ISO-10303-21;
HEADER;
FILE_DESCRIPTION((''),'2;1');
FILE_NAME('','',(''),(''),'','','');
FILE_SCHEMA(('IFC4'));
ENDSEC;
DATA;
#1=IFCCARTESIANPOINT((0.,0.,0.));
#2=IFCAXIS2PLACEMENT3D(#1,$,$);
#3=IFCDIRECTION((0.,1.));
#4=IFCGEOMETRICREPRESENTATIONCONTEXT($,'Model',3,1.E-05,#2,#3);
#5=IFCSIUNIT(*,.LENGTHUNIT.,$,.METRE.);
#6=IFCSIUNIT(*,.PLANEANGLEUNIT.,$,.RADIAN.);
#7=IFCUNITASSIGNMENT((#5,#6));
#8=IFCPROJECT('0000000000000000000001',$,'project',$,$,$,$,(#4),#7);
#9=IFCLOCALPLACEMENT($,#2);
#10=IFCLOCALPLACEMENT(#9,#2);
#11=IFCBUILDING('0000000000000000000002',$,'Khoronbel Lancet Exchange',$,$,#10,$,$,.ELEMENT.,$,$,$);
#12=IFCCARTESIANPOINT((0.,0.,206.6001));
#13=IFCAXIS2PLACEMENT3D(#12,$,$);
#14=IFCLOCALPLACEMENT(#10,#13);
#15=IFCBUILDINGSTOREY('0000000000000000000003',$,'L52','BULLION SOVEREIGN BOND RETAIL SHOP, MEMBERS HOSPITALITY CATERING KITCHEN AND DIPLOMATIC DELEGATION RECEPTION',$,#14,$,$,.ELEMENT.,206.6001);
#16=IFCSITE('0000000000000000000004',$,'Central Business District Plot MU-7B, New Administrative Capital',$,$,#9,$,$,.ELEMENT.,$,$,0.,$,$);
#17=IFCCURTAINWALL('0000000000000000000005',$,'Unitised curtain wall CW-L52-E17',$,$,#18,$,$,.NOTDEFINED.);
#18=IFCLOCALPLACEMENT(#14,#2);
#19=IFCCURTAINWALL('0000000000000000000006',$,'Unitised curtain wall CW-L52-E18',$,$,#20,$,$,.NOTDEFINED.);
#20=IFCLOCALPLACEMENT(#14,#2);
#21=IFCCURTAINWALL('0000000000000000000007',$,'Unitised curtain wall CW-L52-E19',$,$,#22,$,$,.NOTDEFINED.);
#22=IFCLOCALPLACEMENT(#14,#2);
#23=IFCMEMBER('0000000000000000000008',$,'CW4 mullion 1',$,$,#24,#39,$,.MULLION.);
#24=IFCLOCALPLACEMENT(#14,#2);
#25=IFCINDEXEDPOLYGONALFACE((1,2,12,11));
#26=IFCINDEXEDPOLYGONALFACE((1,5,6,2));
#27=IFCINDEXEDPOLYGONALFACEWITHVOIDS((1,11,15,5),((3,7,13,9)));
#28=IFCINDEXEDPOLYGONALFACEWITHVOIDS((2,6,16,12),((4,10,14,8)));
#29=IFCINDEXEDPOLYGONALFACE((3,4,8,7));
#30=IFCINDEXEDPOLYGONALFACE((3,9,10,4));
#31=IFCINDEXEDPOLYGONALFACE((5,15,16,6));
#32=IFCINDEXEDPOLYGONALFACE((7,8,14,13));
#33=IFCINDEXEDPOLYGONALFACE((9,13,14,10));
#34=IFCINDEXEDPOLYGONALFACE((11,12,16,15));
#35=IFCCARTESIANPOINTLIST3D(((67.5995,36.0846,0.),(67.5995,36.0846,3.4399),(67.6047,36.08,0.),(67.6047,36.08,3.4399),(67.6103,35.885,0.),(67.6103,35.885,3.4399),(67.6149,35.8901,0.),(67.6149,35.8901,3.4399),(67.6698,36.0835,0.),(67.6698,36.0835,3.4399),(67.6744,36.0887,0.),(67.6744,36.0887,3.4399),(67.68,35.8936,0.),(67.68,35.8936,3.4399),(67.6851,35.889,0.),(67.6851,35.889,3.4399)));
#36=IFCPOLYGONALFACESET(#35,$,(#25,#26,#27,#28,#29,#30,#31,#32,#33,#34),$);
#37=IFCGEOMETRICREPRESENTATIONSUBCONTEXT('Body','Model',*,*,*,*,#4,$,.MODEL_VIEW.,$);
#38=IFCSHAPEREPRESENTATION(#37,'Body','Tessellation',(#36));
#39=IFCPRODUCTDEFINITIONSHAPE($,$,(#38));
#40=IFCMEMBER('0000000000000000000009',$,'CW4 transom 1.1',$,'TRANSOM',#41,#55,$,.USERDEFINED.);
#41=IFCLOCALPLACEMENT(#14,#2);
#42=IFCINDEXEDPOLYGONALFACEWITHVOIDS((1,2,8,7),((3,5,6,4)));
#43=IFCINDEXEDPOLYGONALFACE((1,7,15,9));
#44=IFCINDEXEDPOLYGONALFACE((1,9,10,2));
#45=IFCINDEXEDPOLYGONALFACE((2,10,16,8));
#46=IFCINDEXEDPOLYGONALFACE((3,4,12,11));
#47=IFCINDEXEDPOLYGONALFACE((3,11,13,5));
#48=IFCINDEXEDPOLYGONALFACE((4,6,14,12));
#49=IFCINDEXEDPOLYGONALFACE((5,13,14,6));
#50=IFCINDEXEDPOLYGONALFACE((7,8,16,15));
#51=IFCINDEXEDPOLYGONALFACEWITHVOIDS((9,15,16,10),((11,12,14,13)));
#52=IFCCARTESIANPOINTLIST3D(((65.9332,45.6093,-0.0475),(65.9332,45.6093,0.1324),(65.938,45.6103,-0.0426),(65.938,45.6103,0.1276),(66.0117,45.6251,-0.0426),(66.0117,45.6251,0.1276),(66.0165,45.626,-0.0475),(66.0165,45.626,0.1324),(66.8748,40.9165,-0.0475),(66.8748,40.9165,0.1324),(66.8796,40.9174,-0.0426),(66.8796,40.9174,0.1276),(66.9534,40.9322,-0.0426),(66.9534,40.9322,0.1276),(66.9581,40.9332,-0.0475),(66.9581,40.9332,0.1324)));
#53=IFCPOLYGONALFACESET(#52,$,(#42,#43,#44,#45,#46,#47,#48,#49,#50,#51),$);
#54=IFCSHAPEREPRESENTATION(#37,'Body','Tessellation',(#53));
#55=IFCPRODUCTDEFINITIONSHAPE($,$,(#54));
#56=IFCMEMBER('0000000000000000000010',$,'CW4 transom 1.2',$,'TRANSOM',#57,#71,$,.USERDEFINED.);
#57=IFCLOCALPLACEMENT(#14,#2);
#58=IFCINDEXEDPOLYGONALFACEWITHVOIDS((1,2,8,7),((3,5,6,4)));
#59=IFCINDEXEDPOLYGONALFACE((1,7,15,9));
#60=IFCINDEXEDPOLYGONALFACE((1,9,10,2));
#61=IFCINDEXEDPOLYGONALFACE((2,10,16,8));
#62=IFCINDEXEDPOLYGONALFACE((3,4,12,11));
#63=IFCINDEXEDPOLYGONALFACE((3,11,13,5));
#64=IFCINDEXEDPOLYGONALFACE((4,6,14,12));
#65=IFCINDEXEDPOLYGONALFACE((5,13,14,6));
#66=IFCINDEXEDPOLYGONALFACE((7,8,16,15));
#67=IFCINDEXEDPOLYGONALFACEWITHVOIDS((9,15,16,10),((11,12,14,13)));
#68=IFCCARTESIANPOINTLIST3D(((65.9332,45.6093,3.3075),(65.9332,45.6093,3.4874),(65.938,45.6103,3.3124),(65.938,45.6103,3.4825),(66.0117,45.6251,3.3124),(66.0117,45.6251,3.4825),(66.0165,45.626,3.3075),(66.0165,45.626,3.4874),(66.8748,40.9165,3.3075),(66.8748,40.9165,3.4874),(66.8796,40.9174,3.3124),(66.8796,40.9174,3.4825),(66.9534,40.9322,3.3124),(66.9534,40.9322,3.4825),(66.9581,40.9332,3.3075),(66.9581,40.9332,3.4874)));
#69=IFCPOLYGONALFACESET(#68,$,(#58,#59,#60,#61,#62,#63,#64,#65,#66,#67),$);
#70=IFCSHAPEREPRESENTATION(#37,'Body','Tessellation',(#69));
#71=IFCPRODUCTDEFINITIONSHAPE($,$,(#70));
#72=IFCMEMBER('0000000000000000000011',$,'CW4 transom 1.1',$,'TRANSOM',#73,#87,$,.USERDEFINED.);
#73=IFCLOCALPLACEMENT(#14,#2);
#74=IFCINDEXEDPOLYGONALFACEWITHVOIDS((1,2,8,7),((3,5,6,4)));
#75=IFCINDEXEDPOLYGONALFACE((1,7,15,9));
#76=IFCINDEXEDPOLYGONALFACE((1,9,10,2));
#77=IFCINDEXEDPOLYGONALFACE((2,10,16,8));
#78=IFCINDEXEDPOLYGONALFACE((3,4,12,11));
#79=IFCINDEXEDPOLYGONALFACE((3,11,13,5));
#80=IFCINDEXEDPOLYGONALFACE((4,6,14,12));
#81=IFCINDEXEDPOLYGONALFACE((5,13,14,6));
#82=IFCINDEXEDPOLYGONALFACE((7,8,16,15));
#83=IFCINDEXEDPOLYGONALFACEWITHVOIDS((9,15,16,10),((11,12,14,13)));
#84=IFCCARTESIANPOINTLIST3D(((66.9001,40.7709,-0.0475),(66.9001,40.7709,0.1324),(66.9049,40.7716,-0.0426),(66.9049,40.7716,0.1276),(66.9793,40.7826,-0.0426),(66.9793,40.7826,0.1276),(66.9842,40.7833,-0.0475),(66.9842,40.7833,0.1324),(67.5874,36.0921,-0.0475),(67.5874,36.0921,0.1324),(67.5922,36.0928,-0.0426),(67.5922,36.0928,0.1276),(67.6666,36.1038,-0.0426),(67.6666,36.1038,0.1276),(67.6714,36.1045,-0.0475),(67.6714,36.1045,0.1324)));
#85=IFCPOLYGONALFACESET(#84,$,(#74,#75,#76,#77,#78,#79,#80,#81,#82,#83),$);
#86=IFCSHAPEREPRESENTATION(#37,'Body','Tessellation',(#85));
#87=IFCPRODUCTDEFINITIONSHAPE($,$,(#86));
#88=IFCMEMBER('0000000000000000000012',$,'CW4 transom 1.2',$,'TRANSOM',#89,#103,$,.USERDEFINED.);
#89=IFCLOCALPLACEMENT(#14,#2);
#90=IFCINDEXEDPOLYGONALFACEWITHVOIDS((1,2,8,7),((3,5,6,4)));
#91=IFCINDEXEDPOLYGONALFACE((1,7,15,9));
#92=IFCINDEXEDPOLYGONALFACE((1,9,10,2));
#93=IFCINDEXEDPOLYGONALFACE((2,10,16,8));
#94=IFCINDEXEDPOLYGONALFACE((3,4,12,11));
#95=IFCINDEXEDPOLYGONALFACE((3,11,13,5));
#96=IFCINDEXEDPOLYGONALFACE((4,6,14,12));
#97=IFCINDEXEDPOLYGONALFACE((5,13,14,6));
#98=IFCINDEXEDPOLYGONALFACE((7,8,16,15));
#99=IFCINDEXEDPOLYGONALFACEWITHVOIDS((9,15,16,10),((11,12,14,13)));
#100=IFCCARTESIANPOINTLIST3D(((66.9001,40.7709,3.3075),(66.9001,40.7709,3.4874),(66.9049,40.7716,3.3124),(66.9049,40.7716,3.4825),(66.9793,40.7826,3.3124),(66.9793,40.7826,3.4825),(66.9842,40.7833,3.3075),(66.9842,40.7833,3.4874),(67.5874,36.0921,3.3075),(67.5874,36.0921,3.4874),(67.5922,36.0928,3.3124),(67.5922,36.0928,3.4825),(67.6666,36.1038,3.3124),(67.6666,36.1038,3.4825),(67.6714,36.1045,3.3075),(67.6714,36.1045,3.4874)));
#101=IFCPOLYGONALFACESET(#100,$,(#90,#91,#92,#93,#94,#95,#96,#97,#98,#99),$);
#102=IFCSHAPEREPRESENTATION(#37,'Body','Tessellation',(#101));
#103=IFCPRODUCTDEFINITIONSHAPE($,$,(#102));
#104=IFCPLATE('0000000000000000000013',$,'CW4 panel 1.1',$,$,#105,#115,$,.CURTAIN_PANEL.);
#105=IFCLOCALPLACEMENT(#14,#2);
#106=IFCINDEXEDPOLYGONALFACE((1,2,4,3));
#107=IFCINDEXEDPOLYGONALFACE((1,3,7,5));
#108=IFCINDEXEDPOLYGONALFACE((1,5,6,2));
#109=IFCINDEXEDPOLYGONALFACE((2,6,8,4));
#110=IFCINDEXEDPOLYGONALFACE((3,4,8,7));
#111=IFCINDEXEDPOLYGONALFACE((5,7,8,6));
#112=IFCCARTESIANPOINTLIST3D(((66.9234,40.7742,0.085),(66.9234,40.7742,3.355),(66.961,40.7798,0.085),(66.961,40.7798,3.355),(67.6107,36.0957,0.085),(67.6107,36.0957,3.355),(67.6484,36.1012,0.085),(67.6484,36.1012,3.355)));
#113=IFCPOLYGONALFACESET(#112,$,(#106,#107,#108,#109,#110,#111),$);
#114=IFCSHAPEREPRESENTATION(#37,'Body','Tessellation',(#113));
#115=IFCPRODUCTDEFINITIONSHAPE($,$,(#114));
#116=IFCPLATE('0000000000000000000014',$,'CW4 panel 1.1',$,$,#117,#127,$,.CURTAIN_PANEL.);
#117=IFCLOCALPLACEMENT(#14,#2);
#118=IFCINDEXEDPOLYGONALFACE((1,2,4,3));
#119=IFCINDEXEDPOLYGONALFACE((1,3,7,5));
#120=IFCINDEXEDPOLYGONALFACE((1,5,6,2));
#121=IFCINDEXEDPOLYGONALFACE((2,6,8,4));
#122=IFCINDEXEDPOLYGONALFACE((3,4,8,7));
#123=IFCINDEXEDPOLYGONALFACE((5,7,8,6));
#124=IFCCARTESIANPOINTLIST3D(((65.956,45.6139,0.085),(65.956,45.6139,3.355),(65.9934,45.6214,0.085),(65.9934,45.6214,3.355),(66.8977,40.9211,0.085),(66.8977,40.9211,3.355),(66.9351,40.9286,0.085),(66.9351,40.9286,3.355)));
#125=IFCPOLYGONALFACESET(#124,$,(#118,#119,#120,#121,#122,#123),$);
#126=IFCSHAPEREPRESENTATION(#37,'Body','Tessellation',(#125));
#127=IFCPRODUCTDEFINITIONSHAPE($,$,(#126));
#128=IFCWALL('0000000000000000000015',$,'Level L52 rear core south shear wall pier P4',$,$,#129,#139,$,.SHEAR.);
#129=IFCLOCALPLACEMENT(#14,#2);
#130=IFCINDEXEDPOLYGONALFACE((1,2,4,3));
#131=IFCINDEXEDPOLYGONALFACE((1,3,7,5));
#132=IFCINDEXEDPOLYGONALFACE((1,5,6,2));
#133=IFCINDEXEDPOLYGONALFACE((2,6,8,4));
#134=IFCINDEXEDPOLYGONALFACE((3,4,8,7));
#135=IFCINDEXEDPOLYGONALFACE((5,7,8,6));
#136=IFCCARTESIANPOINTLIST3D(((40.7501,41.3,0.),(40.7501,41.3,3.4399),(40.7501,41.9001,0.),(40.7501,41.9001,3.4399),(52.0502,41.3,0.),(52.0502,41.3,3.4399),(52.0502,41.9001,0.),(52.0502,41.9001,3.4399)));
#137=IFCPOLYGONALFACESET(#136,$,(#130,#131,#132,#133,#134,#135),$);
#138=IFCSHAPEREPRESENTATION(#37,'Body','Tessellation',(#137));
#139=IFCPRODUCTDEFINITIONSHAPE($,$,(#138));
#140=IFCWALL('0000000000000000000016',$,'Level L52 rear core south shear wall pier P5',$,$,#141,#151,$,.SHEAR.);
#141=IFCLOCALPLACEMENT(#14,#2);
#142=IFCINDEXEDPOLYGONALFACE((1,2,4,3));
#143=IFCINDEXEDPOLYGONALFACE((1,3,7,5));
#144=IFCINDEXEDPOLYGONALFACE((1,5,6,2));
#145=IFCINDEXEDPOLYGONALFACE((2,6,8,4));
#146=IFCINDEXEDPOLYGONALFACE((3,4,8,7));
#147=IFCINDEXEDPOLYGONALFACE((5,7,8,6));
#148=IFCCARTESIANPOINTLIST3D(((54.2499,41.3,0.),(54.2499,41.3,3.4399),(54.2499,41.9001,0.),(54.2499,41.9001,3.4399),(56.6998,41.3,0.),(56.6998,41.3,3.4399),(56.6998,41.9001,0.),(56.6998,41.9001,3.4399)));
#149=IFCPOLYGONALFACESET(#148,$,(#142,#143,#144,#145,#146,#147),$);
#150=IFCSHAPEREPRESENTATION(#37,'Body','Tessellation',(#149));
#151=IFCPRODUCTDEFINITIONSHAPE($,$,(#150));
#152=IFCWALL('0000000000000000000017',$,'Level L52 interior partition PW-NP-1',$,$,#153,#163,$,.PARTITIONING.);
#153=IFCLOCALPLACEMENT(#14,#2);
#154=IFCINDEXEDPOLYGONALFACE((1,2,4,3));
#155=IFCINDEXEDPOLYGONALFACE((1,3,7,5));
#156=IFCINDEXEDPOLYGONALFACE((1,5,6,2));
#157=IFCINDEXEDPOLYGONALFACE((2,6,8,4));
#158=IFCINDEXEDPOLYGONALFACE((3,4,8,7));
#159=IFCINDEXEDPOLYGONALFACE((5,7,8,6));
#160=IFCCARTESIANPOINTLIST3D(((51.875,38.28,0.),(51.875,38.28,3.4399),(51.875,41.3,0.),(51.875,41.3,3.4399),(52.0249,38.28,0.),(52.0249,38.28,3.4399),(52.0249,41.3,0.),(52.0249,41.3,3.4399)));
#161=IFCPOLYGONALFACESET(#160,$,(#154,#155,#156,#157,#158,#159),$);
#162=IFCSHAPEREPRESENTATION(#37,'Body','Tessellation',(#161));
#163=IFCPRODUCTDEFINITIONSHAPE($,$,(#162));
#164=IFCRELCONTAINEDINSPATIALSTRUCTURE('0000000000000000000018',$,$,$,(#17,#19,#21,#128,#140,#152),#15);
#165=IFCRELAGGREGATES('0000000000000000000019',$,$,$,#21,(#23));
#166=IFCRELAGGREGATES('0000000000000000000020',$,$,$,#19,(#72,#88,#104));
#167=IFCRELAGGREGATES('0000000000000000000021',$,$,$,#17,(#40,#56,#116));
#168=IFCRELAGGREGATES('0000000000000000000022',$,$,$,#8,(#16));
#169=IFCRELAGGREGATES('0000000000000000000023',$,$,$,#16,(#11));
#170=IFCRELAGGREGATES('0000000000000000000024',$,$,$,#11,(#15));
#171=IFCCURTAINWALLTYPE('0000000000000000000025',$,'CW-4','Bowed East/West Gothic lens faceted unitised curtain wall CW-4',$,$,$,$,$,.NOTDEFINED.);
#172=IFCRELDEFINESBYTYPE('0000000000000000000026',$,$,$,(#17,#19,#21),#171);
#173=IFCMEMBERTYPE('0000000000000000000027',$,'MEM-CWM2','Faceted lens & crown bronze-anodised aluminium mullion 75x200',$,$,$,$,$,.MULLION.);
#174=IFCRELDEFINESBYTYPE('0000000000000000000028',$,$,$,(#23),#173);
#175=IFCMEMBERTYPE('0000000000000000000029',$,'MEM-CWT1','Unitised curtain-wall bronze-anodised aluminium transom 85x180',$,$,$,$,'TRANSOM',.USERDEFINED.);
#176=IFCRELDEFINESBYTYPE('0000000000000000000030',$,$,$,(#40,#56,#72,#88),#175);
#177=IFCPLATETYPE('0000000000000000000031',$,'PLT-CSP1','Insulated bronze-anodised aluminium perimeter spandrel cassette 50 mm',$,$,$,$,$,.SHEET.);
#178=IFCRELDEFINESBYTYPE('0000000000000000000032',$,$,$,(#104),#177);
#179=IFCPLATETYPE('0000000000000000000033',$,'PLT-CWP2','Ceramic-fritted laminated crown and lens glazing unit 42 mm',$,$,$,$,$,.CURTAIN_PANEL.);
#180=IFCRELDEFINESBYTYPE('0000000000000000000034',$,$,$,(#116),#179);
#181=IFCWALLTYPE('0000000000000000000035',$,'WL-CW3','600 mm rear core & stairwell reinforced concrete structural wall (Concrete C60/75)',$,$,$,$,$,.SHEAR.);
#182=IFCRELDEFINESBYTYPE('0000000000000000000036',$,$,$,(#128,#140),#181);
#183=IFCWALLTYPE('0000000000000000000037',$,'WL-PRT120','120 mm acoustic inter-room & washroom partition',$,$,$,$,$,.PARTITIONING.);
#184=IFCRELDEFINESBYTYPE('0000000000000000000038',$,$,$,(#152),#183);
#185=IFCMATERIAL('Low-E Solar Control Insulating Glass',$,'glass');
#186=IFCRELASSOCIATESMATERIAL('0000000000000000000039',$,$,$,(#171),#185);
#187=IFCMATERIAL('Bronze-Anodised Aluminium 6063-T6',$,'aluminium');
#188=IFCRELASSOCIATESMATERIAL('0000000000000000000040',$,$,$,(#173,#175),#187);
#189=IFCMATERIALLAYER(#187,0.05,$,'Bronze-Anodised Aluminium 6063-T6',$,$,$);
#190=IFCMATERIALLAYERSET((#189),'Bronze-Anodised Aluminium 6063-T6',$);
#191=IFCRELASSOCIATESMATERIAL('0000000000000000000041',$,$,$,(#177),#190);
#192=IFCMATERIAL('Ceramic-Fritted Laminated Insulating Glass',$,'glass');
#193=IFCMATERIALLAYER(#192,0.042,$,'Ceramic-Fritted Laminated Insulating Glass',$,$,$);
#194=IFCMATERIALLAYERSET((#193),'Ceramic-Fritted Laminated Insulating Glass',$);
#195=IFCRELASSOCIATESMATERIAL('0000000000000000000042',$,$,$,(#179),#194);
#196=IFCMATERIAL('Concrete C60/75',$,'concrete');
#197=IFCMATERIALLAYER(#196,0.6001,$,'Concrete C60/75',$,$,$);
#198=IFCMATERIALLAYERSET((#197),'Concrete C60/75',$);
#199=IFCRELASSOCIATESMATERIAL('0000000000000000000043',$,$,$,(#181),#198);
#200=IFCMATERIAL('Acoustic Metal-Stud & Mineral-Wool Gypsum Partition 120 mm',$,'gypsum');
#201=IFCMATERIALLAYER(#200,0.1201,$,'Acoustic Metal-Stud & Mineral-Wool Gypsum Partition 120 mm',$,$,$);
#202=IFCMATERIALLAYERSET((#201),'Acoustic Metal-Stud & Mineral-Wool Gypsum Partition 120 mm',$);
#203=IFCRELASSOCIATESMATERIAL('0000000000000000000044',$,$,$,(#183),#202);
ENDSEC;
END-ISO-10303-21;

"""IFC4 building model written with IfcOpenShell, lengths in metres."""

from ifc_helpers import new_model, si_unit, direction, frame, frame_2d, origin, origin_2d, place, context, subcontext, project, spatial, rectangle, hollow_rectangle, extrude, material, layer, layer_set, material_profile, profile_set, type_object, element, aggregate, save


model = new_model("IFC4")

# Units and contexts
model_context = context("Model", 3, precision=1e-05, world=origin(), true_north=direction((0.0, 1.0)))
body_context = subcontext(model_context, "Body", "Model", "MODEL_VIEW")
ifc_project = project(units=[si_unit("LENGTHUNIT", "METRE"), si_unit("PLANEANGLEUNIT", "RADIAN")], contexts=[model_context])

# Site, building, storey
site_placement = place(None, origin())
site = spatial("IfcSite", under=ifc_project, at=site_placement, Name="Central Business District Plot MU-7B, New Administrative Capital", CompositionType="ELEMENT", RefElevation=0.0)
building_placement = place(site_placement, origin())
building = spatial("IfcBuilding", under=site, at=building_placement, Name="Khoronbel Lancet Exchange", CompositionType="ELEMENT")
storey_placement = place(building_placement, frame((0.0, 0.0, 206.6001)))
storey = spatial("IfcBuildingStorey", under=building, at=storey_placement, Name="L52", Description="BULLION SOVEREIGN BOND RETAIL SHOP, MEMBERS HOSPITALITY CATERING KITCHEN AND DIPLOMATIC DELEGATION RECEPTION", CompositionType="ELEMENT", Elevation=206.6001)

# Shared definitions
ifc_material_1 = material(Name="Concrete C60/75", Category="concrete")

# Curtain walls
ifc_material_2 = material(Name="Low-E Solar Control Insulating Glass", Category="glass")
curtain_wall_type = type_object("IfcCurtainWallType", Name="CW-4", Description="Bowed East/West Gothic lens faceted unitised curtain wall CW-4", PredefinedType="NOTDEFINED", material=ifc_material_2)
curtain_wall_1_placement = place(storey_placement, origin())
curtain_wall_1 = element("IfcCurtainWall", 1, at=curtain_wall_1_placement, inside=storey, type_object=curtain_wall_type, Name="Unitised curtain wall CW-L52-E17", PredefinedType="NOTDEFINED")
ifc_material_3 = material(Name="Bronze-Anodised Aluminium 6063-T6", Category="aluminium")
ifc_material_profile_1 = material_profile(ifc_material_3, hollow_rectangle(XDim=0.075, YDim=0.2, WallThickness=0.0049, at=origin_2d()), Name="ALU MULLION 75x200")
ifc_profile_set_1 = profile_set([ifc_material_profile_1], Name="Bronze-Anodised Aluminium 6063-T6")
member_type_1 = type_object("IfcMemberType", Name="MEM-CWM2", Description="Faceted lens & crown bronze-anodised aluminium mullion 75x200", PredefinedType="MULLION", material=ifc_profile_set_1)
curtain_wall_2_placement = place(storey_placement, origin())
curtain_wall_2 = element("IfcCurtainWall", 2, at=curtain_wall_2_placement, inside=storey, type_object=curtain_wall_type, Name="Unitised curtain wall CW-L52-E18", PredefinedType="NOTDEFINED")

# Curtain wall, member
curtain_wall_3_placement = place(storey_placement, origin())
curtain_wall_3 = element("IfcCurtainWall", 3, at=curtain_wall_3_placement, inside=storey, type_object=curtain_wall_type, Name="Unitised curtain wall CW-L52-E19", PredefinedType="NOTDEFINED")
member_1_placement = place(storey_placement, frame((67.6423, 35.9868, 0.0), z_axis=(0.0, 0.0, 1.0), x_axis=(0.998558, 0.053692, 0.0)))
member_1 = element("IfcMember", 4, at=member_1_placement, type_object=member_type_1, Name="CW4 mullion 1", PredefinedType="MULLION", context=body_context, shape_type="SweptSolid", body=[
    extrude(hollow_rectangle(XDim=0.075, YDim=0.2, WallThickness=0.0049, at=origin_2d()), origin(), (0.0, 0.0, 1.0), 3.4399),
])
aggregate(curtain_wall_3, [member_1])

# Members
ifc_material_profile_2 = material_profile(ifc_material_3, hollow_rectangle(XDim=0.085, YDim=0.1799, WallThickness=0.0049, at=origin_2d()), Name="ALU TRANSOM 85x180")
ifc_profile_set_2 = profile_set([ifc_material_profile_2], Name="Bronze-Anodised Aluminium 6063-T6")
member_type_2 = type_object("IfcMemberType", Name="MEM-CWT1", Description="Unitised curtain-wall bronze-anodised aluminium transom 85x180", ElementType="TRANSOM", PredefinedType="USERDEFINED", material=ifc_profile_set_2)
member_2_placement = place(storey_placement, frame((65.9749, 45.6177, 0.0425), z_axis=(0.196734, -0.980457, 0.0), x_axis=(0.980457, 0.196734, 0.0)))
member_2 = element("IfcMember", 5, at=member_2_placement, type_object=member_type_2, Name="CW4 transom 1.1", ObjectType="TRANSOM", PredefinedType="USERDEFINED", context=body_context, shape_type="SweptSolid", body=[
    extrude(hollow_rectangle(XDim=0.085, YDim=0.1799, WallThickness=0.0049, at=origin_2d()), origin(), (0.0, 0.0, 1.0), 4.7864),
])
member_3_placement = place(storey_placement, frame((65.9749, 45.6177, 3.3975), z_axis=(0.196734, -0.980457, 0.0), x_axis=(0.980457, 0.196734, 0.0)))
member_3 = element("IfcMember", 6, at=member_3_placement, type_object=member_type_2, Name="CW4 transom 1.2", ObjectType="TRANSOM", PredefinedType="USERDEFINED", context=body_context, shape_type="SweptSolid", body=[
    extrude(hollow_rectangle(XDim=0.085, YDim=0.1799, WallThickness=0.0049, at=origin_2d()), origin(), (0.0, 0.0, 1.0), 4.7864),
])
member_4_placement = place(storey_placement, frame((66.9421, 40.7771, 0.0425), z_axis=(0.14533, -0.989383, 0.0), x_axis=(0.989383, 0.14533, 0.0)))
member_4 = element("IfcMember", 7, at=member_4_placement, type_object=member_type_2, Name="CW4 transom 1.1", ObjectType="TRANSOM", PredefinedType="USERDEFINED", context=body_context, shape_type="SweptSolid", body=[
    extrude(hollow_rectangle(XDim=0.085, YDim=0.1799, WallThickness=0.0049, at=origin_2d()), origin(), (0.0, 0.0, 1.0), 4.729),
])
member_5_placement = place(storey_placement, frame((66.9421, 40.7771, 3.3975), z_axis=(0.14533, -0.989383, 0.0), x_axis=(0.989383, 0.14533, 0.0)))
member_5 = element("IfcMember", 8, at=member_5_placement, type_object=member_type_2, Name="CW4 transom 1.2", ObjectType="TRANSOM", PredefinedType="USERDEFINED", context=body_context, shape_type="SweptSolid", body=[
    extrude(hollow_rectangle(XDim=0.085, YDim=0.1799, WallThickness=0.0049, at=origin_2d()), origin(), (0.0, 0.0, 1.0), 4.729),
])

# Plates
ifc_layer_1 = layer(ifc_material_3, 0.05, Name="Bronze-Anodised Aluminium 6063-T6")
ifc_layer_set_1 = layer_set([ifc_layer_1], Name="Bronze-Anodised Aluminium 6063-T6")
plate_type_1 = type_object("IfcPlateType", Name="PLT-CSP1", Description="Insulated bronze-anodised aluminium perimeter spandrel cassette 50 mm", PredefinedType="SHEET", material=ifc_layer_set_1)
plate_1_placement = place(storey_placement, frame((67.2859, 38.4377, 0.085), z_axis=(0.0, 0.0, 1.0), x_axis=(0.145363, -0.989378, 0.0)))
plate_1 = element("IfcPlate", 9, at=plate_1_placement, type_object=plate_type_1, Name="CW4 panel 1.1", PredefinedType="CURTAIN_PANEL", context=body_context, shape_type="SweptSolid", body=[
    extrude(rectangle(XDim=4.7288, YDim=0.0381, at=origin_2d()), origin(), (0.0, 0.0, 1.0), 3.27),
])
aggregate(curtain_wall_2, [member_4, member_5, plate_1])
ifc_material_4 = material(Name="Ceramic-Fritted Laminated Insulating Glass", Category="glass")
ifc_layer_2 = layer(ifc_material_4, 0.042, Name="Ceramic-Fritted Laminated Insulating Glass")
ifc_layer_set_2 = layer_set([ifc_layer_2], Name="Ceramic-Fritted Laminated Insulating Glass")
plate_type_2 = type_object("IfcPlateType", Name="PLT-CWP2", Description="Ceramic-fritted laminated crown and lens glazing unit 42 mm", PredefinedType="CURTAIN_PANEL", material=ifc_layer_set_2)
plate_2_placement = place(storey_placement, frame((66.4456, 43.2712, 0.085), z_axis=(0.0, 0.0, 1.0), x_axis=(0.196747, -0.980454, 0.0)))
plate_2 = element("IfcPlate", 10, at=plate_2_placement, type_object=plate_type_2, Name="CW4 panel 1.1", PredefinedType="CURTAIN_PANEL", context=body_context, shape_type="SweptSolid", body=[
    extrude(rectangle(XDim=4.7864, YDim=0.0381, at=origin_2d()), origin(), (0.0, 0.0, 1.0), 3.27),
])
aggregate(curtain_wall_1, [member_2, member_3, plate_2])

# Walls
ifc_layer_3 = layer(ifc_material_1, 0.6001, Name="Concrete C60/75")
ifc_layer_set_3 = layer_set([ifc_layer_3], Name="Concrete C60/75")
wall_type_1 = type_object("IfcWallType", Name="WL-CW3", Description="600 mm rear core & stairwell reinforced concrete structural wall (Concrete C60/75)", PredefinedType="SHEAR", material=ifc_layer_set_3)
wall_1_placement = place(storey_placement, frame((52.05, 41.6001, 0.0), z_axis=(0.0, 0.0, 1.0), x_axis=(-1.0, 0.0, 0.0)))
element("IfcWall", 11, at=wall_1_placement, inside=storey, type_object=wall_type_1, Name="Level L52 rear core south shear wall pier P4", PredefinedType="SHEAR", context=body_context, shape_type="SweptSolid", body=[
    extrude(rectangle(XDim=11.3, YDim=0.6001, at=frame_2d((5.6499, 0.0))), origin(), (0.0, 0.0, 1.0), 3.4399),
])
wall_2_placement = place(storey_placement, frame((56.7, 41.6001, 0.0), z_axis=(0.0, 0.0, 1.0), x_axis=(-1.0, 0.0, 0.0)))
element("IfcWall", 12, at=wall_2_placement, inside=storey, type_object=wall_type_1, Name="Level L52 rear core south shear wall pier P5", PredefinedType="SHEAR", context=body_context, shape_type="SweptSolid", body=[
    extrude(rectangle(XDim=2.45, YDim=0.6001, at=frame_2d((1.2251, 0.0))), origin(), (0.0, 0.0, 1.0), 3.4399),
])
ifc_material_5 = material(Name="Acoustic Metal-Stud & Mineral-Wool Gypsum Partition 120 mm", Category="gypsum")
ifc_layer_4 = layer(ifc_material_5, 0.1201, Name="Acoustic Metal-Stud & Mineral-Wool Gypsum Partition 120 mm")
ifc_layer_set_4 = layer_set([ifc_layer_4], Name="Acoustic Metal-Stud & Mineral-Wool Gypsum Partition 120 mm")
wall_type_2 = type_object("IfcWallType", Name="WL-PRT120", Description="120 mm acoustic inter-room & washroom partition", PredefinedType="PARTITIONING", material=ifc_layer_set_4)
wall_3_placement = place(storey_placement, frame((51.95, 38.28, 0.0), z_axis=(0.0, 0.0, 1.0), x_axis=(0.0, 1.0, 0.0)))
element("IfcWall", 13, at=wall_3_placement, inside=storey, type_object=wall_type_2, Name="Level L52 interior partition PW-NP-1", PredefinedType="PARTITIONING", context=body_context, shape_type="SweptSolid", body=[
    extrude(rectangle(XDim=3.02, YDim=0.1499, at=frame_2d((1.51, 0.0))), origin(), (0.0, 0.0, 1.0), 3.4399),
])

save(model, "model.ifc")
